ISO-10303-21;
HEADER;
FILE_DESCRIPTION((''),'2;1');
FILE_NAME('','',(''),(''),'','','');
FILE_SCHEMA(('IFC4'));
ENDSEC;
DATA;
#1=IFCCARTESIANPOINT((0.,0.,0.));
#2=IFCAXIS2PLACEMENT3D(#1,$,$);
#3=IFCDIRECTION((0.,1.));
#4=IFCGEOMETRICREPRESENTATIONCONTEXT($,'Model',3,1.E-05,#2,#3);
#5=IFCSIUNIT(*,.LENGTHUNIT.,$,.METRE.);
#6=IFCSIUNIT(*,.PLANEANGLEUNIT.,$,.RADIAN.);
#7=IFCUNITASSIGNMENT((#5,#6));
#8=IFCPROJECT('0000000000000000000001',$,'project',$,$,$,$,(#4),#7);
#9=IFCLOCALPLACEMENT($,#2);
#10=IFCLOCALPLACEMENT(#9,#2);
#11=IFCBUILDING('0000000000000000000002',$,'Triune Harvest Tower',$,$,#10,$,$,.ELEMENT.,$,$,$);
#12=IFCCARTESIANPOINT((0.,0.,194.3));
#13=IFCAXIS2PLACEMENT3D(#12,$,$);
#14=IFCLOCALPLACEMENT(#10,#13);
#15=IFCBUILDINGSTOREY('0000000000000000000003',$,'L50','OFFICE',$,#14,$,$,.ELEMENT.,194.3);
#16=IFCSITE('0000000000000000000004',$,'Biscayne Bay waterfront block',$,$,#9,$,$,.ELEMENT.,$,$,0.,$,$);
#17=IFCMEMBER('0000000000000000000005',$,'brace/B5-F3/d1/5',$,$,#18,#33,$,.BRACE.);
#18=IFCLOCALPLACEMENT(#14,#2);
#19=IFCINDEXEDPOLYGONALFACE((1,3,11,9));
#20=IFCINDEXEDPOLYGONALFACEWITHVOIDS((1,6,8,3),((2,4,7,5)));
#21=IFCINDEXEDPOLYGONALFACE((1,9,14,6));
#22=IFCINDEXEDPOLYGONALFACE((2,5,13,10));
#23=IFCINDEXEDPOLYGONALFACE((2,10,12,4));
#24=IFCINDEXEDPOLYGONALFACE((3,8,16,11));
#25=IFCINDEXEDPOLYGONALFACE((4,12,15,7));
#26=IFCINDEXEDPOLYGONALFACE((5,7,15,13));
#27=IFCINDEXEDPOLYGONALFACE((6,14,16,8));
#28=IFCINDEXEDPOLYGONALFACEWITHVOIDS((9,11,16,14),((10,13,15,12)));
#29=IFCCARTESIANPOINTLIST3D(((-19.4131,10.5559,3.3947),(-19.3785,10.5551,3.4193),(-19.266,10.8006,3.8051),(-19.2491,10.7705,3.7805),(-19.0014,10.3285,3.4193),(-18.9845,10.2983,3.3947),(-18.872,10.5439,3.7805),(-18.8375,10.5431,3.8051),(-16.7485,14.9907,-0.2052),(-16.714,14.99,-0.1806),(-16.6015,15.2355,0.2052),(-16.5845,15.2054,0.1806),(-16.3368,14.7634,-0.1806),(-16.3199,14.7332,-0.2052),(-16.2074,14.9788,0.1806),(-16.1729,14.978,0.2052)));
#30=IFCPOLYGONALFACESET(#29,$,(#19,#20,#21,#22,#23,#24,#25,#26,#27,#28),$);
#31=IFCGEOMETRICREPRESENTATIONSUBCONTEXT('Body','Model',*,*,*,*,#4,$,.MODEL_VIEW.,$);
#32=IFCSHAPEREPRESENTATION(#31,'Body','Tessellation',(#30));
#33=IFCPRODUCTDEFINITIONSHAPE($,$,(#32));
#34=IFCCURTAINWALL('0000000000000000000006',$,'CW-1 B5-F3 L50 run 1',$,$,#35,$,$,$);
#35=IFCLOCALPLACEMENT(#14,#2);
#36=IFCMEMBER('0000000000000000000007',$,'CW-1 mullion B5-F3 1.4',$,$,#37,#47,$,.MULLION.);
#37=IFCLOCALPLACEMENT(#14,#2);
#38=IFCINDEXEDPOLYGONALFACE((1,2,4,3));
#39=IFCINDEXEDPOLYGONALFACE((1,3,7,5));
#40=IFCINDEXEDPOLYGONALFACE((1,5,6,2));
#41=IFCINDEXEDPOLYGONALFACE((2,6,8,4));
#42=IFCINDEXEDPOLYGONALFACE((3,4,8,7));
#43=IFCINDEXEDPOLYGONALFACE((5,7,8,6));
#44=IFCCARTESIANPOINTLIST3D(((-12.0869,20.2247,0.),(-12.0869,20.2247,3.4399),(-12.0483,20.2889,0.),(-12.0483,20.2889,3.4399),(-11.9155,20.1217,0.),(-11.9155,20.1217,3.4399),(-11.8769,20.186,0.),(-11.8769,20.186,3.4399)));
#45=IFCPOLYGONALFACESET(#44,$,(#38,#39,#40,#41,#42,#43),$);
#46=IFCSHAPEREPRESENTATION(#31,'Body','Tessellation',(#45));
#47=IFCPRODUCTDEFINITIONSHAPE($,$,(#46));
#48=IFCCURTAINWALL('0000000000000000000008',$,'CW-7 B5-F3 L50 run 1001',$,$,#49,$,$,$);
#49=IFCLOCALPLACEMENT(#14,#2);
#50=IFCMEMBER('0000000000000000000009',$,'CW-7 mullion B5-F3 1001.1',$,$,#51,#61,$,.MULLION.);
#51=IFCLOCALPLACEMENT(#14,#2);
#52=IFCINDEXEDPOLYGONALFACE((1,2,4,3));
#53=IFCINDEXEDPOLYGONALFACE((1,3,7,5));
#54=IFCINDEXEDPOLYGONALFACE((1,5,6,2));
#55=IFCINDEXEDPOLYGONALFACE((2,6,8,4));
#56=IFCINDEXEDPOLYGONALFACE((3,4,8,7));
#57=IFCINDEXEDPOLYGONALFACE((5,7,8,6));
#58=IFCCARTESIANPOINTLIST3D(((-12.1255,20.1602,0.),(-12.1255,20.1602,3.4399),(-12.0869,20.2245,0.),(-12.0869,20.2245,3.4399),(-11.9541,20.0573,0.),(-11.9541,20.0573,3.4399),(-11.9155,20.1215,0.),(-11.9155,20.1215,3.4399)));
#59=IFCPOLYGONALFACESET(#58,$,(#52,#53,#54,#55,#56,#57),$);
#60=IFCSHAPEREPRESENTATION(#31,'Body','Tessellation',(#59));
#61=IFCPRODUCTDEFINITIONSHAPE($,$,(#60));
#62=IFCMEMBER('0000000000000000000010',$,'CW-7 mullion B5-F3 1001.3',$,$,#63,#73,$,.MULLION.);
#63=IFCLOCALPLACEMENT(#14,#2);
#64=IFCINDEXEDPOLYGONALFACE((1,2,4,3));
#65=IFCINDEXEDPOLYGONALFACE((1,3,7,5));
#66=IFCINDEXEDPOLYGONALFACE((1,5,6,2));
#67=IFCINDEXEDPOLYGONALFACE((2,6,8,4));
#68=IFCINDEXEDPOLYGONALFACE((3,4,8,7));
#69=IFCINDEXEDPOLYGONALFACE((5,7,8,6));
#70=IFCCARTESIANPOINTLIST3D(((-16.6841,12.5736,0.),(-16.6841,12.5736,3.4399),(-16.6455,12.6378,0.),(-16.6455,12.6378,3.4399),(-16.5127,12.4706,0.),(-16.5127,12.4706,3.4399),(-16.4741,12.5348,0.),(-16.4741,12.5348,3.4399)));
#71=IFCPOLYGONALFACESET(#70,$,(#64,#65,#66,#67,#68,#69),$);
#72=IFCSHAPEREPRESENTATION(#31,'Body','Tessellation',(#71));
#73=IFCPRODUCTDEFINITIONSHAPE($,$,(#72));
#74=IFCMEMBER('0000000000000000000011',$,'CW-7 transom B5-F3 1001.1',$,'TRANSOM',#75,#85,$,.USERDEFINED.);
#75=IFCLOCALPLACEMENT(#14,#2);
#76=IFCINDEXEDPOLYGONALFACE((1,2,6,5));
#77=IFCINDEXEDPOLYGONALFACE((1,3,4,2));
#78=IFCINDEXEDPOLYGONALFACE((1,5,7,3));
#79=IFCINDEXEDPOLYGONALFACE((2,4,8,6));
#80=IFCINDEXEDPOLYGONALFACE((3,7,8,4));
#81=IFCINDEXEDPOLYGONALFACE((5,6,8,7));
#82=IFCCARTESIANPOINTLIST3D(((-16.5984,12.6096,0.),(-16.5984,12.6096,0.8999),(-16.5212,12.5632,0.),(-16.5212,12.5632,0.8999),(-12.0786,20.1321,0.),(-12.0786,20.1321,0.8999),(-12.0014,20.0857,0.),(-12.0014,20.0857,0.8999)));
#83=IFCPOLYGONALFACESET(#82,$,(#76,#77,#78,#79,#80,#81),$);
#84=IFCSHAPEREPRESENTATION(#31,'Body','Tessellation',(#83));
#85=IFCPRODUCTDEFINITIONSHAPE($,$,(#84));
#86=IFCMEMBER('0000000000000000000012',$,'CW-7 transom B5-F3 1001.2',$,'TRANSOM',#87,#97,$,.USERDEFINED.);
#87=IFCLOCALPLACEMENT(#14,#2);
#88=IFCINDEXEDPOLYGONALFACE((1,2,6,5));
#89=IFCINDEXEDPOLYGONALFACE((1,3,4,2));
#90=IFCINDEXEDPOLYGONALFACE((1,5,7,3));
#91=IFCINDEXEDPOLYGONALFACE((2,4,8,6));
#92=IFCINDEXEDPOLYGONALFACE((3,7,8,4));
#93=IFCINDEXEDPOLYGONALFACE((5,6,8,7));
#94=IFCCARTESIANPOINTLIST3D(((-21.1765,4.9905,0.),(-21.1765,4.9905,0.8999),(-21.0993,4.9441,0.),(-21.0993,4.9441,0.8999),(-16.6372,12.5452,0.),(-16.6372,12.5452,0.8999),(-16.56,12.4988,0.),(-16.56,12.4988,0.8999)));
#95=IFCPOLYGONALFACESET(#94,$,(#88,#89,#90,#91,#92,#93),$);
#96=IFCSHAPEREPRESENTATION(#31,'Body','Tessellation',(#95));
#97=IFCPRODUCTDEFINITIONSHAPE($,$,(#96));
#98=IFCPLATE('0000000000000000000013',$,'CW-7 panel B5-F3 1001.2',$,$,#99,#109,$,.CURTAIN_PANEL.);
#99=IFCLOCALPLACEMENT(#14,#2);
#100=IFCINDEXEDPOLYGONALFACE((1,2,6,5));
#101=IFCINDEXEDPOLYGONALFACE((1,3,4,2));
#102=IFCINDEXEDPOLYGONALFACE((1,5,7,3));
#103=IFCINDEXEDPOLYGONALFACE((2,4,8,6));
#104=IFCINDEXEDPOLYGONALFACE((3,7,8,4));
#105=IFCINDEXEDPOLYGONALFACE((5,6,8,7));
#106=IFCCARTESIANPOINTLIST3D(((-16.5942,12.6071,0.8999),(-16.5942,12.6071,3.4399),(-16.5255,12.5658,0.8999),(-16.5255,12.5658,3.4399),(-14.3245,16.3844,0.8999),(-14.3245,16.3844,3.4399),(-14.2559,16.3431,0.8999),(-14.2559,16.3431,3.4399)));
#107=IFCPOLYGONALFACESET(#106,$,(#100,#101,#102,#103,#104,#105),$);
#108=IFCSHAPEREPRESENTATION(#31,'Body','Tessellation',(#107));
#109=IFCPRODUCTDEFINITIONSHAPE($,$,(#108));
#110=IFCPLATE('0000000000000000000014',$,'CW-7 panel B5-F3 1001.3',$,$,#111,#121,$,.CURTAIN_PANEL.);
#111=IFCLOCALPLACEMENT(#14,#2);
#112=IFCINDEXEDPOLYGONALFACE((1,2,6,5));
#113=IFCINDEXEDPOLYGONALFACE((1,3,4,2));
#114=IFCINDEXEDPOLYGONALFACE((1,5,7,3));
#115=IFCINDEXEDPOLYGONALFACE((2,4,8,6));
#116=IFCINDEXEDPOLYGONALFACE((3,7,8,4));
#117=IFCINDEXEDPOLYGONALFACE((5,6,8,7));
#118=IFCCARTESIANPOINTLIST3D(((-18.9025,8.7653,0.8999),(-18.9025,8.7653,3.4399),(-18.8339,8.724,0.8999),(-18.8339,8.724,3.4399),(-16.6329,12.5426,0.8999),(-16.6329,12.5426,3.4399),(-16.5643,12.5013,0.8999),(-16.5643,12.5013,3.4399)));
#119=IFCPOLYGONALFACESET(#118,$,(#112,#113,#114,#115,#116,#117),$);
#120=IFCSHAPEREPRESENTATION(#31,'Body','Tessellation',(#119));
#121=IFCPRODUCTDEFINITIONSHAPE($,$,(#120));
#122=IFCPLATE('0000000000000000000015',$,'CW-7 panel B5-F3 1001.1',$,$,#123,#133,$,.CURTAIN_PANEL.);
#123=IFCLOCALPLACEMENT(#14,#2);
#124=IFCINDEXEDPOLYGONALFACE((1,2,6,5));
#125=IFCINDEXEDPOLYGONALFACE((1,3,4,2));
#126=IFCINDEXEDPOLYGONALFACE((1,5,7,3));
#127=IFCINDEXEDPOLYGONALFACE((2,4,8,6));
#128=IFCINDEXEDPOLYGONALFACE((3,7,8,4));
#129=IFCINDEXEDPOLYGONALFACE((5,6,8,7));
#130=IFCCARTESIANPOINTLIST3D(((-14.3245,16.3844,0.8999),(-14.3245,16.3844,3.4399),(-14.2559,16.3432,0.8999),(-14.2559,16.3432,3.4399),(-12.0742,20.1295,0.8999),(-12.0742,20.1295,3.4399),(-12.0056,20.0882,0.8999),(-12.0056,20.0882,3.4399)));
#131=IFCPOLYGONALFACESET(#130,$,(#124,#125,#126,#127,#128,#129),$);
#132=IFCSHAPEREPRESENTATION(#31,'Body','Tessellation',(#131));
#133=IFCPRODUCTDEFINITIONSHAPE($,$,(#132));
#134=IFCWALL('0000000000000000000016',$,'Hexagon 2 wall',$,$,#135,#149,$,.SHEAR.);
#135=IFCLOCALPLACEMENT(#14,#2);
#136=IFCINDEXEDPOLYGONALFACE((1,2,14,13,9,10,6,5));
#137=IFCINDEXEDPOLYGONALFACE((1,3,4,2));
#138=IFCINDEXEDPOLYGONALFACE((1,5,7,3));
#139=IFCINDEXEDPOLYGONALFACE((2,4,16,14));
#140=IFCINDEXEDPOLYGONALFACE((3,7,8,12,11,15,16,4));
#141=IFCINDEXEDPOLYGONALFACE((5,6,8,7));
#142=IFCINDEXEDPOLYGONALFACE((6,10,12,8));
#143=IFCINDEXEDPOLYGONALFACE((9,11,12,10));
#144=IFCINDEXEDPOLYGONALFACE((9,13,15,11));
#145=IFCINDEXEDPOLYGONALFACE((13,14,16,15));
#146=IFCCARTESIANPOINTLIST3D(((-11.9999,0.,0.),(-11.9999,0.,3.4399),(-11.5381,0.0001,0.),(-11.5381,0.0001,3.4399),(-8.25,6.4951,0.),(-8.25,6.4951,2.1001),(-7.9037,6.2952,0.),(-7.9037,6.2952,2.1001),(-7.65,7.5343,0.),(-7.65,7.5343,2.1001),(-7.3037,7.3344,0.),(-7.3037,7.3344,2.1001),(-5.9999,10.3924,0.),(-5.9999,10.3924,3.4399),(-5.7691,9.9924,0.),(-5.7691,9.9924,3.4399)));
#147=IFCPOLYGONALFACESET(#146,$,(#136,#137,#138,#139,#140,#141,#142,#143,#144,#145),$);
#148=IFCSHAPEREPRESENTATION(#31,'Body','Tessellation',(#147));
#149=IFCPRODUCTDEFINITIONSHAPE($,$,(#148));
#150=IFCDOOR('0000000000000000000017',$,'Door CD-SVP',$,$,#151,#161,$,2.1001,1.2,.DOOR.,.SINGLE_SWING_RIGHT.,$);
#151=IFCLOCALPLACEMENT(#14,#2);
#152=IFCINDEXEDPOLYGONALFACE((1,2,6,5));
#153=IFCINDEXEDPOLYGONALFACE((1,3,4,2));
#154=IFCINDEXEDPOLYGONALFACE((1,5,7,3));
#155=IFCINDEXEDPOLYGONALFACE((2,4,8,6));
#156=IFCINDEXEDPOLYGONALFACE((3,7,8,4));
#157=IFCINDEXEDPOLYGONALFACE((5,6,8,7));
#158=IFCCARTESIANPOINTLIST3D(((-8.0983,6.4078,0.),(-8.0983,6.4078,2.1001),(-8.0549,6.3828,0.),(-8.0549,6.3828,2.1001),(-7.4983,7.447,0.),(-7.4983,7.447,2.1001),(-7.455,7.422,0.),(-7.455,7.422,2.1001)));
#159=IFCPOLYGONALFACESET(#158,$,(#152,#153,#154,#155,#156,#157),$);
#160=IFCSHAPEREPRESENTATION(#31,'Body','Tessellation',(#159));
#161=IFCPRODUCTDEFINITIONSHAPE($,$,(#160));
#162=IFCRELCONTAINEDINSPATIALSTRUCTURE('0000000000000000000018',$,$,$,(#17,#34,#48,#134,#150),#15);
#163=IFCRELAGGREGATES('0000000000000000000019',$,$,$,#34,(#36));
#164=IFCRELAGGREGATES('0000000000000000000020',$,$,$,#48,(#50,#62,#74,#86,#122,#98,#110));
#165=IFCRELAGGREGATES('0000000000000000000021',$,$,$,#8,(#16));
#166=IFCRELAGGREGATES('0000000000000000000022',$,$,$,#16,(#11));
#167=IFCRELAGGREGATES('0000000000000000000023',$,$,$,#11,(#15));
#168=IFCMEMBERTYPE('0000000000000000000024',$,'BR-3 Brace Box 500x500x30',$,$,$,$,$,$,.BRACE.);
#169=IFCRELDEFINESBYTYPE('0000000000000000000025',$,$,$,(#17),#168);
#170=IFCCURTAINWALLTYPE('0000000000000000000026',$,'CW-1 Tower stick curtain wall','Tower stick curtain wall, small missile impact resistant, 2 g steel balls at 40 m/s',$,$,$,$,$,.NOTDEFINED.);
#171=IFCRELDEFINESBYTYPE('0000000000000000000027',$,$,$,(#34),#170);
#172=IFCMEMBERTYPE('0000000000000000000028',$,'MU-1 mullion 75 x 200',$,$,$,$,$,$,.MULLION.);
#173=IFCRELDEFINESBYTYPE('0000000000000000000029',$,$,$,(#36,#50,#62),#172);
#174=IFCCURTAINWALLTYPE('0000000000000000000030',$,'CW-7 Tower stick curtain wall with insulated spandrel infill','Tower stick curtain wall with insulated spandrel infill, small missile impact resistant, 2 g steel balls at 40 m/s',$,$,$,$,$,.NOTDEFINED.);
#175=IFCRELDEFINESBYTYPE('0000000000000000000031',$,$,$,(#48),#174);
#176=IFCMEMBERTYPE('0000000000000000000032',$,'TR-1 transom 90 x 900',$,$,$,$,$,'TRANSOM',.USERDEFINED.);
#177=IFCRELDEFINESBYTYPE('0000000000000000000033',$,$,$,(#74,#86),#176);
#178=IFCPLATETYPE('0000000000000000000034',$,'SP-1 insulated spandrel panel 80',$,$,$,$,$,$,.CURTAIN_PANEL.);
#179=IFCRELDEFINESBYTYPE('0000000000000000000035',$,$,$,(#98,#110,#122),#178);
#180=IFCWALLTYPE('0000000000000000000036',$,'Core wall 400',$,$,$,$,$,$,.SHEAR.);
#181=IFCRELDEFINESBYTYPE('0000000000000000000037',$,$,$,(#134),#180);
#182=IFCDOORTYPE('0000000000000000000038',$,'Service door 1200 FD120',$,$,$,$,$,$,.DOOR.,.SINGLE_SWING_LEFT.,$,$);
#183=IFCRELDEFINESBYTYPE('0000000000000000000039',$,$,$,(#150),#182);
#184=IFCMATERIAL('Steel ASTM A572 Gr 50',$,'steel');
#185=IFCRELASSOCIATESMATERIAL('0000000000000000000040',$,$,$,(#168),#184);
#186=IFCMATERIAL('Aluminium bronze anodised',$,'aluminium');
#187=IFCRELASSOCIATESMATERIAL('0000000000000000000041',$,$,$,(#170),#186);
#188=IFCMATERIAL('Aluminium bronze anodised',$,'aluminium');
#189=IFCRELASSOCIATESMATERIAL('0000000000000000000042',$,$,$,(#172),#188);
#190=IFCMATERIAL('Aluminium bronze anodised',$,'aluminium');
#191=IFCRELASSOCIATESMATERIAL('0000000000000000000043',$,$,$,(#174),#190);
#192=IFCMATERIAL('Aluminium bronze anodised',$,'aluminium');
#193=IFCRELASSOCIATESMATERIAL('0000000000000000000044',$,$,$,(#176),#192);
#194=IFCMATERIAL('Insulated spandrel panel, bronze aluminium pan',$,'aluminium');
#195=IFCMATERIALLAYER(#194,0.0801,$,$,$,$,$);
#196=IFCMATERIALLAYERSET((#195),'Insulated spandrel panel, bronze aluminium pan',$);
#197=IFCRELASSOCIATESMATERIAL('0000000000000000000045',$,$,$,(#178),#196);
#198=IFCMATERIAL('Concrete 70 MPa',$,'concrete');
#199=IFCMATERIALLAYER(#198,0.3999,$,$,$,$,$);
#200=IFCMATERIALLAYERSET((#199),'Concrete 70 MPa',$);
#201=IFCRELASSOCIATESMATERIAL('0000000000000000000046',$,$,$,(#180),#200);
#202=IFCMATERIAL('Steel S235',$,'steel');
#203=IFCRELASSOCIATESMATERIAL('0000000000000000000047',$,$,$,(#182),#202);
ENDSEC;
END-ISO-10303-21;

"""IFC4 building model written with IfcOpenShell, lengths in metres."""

from ifc_helpers import new_model, si_unit, direction, frame, frame_2d, origin, origin_2d, place, context, subcontext, project, spatial, polyline, rectangle, hollow_rectangle, outline, extrude, source, transform, mapped, material, layer, layer_set, material_profile, profile_set, type_object, element, fill, aggregate, save


model = new_model("IFC4")

# Units and contexts
model_context = context("Model", 3, precision=1e-05, world=origin(), true_north=direction((0.0, 1.0)))
body_context = subcontext(model_context, "Body", "Model", "MODEL_VIEW")
ifc_project = project(units=[si_unit("LENGTHUNIT", "METRE"), si_unit("PLANEANGLEUNIT", "RADIAN")], contexts=[model_context])

# Site, building, storey
site_placement = place(None, origin())
site = spatial("IfcSite", under=ifc_project, at=site_placement, Name="Biscayne Bay waterfront block", CompositionType="ELEMENT", RefElevation=0.0)
building_placement = place(site_placement, origin())
building = spatial("IfcBuilding", under=site, at=building_placement, Name="Triune Harvest Tower", CompositionType="ELEMENT")
storey_placement = place(building_placement, frame((0.0, 0.0, 194.3)))
storey = spatial("IfcBuildingStorey", under=building, at=storey_placement, Name="L50", Description="OFFICE", CompositionType="ELEMENT", Elevation=194.3)

# Member
ifc_material_1 = material(Name="Steel ASTM A572 Gr 50", Category="steel")
ifc_material_profile_1 = material_profile(ifc_material_1, hollow_rectangle(XDim=0.5, YDim=0.5, WallThickness=0.03, at=origin_2d()), Name="Box 500x500x30")
ifc_profile_set_1 = profile_set([ifc_material_profile_1], Name="Steel ASTM A572 Gr 50")
member_type_1 = type_object("IfcMemberType", Name="BR-3 Brace Box 500x500x30", PredefinedType="BRACE", material=ifc_profile_set_1)
shared_shape_1 = source(origin(), body_context, "Body", "SweptSolid", [
    extrude(hollow_rectangle(XDim=0.5, YDim=0.5, WallThickness=0.03, at=origin_2d()), origin(), (0.0, 0.0, 1.0), 6.303),
])
member_1_placement = place(storey_placement, frame((-16.4607, 14.9844, 0.0), z_axis=(-0.422751, -0.703617, 0.571144), x_axis=(0.85718, -0.515016, 0.0)))
element("IfcMember", 1, at=member_1_placement, inside=storey, type_object=member_type_1, Name="brace/B5-F3/d1/5", PredefinedType="BRACE", context=body_context, shape_type="MappedRepresentation", body=[
    mapped(shared_shape_1, transform((0.0, 0.0, 0.0), scale=1.0)),
])

# Curtain wall, member
ifc_material_2 = material(Name="Aluminium bronze anodised", Category="aluminium")
curtain_wall_type_1 = type_object("IfcCurtainWallType", Name="CW-1 Tower stick curtain wall", Description="Tower stick curtain wall, small missile impact resistant, 2 g steel balls at 40 m/s", PredefinedType="NOTDEFINED", material=ifc_material_2)
curtain_wall_1_placement = place(storey_placement, origin())
curtain_wall_1 = element("IfcCurtainWall", 2, at=curtain_wall_1_placement, inside=storey, type_object=curtain_wall_type_1, Name="CW-1 B5-F3 L50 run 1")
ifc_material_3 = material(Name="Aluminium bronze anodised", Category="aluminium")
ifc_material_profile_2 = material_profile(ifc_material_3, rectangle(XDim=0.2, YDim=0.075, at=origin_2d()), Name="MU-1 mullion 75 x 200")
ifc_profile_set_2 = profile_set([ifc_material_profile_2], Name="Aluminium bronze anodised")
member_type_2 = type_object("IfcMemberType", Name="MU-1 mullion 75 x 200", PredefinedType="MULLION", material=ifc_profile_set_2)
shared_shape_2 = source(origin(), body_context, "Body", "SweptSolid", [
    extrude(rectangle(XDim=0.2, YDim=0.075, at=origin_2d()), origin(), (0.0, 0.0, 1.0), 3.4399),
])
member_2_placement = place(storey_placement, frame((-11.9819, 20.2053, 0.0), z_axis=(0.0, 0.0, 1.0), x_axis=(0.857169, -0.515035, 0.0)))
member_2 = element("IfcMember", 3, at=member_2_placement, type_object=member_type_2, Name="CW-1 mullion B5-F3 1.4", PredefinedType="MULLION", context=body_context, shape_type="MappedRepresentation", body=[
    mapped(shared_shape_2, transform((0.0, 0.0, 0.0), scale=1.0)),
])
aggregate(curtain_wall_1, [member_2])

# Curtain wall, members, plates
ifc_material_4 = material(Name="Aluminium bronze anodised", Category="aluminium")
curtain_wall_type_2 = type_object("IfcCurtainWallType", Name="CW-7 Tower stick curtain wall with insulated spandrel infill", Description="Tower stick curtain wall with insulated spandrel infill, small missile impact resistant, 2 g steel balls at 40 m/s", PredefinedType="NOTDEFINED", material=ifc_material_4)
curtain_wall_2_placement = place(storey_placement, origin())
curtain_wall_2 = element("IfcCurtainWall", 4, at=curtain_wall_2_placement, inside=storey, type_object=curtain_wall_type_2, Name="CW-7 B5-F3 L50 run 1001")
member_3_placement = place(storey_placement, frame((-12.0205, 20.1409, 0.0), z_axis=(0.0, 0.0, 1.0), x_axis=(0.857167, -0.515039, 0.0)))
member_3 = element("IfcMember", 5, at=member_3_placement, type_object=member_type_2, Name="CW-7 mullion B5-F3 1001.1", PredefinedType="MULLION", context=body_context, shape_type="MappedRepresentation", body=[
    mapped(shared_shape_2, transform((0.0, 0.0, 0.0), scale=1.0)),
])
member_4_placement = place(storey_placement, frame((-16.5791, 12.5542, 0.0), z_axis=(0.0, 0.0, 1.0), x_axis=(0.857167, -0.515039, 0.0)))
member_4 = element("IfcMember", 6, at=member_4_placement, type_object=member_type_2, Name="CW-7 mullion B5-F3 1001.3", PredefinedType="MULLION", context=body_context, shape_type="MappedRepresentation", body=[
    mapped(shared_shape_2, transform((0.0, 0.0, 0.0), scale=1.0)),
])
ifc_material_5 = material(Name="Aluminium bronze anodised", Category="aluminium")
ifc_material_profile_3 = material_profile(ifc_material_5, rectangle(XDim=0.0901, YDim=0.8999, at=origin_2d()), Name="TR-1 transom 90 x 900")
ifc_profile_set_3 = profile_set([ifc_material_profile_3], Name="Aluminium bronze anodised")
member_type_3 = type_object("IfcMemberType", Name="TR-1 transom 90 x 900", ElementType="TRANSOM", PredefinedType="USERDEFINED", material=ifc_profile_set_3)
shared_shape_3 = source(origin(), body_context, "Body", "SweptSolid", [
    extrude(rectangle(XDim=0.0901, YDim=0.8999, at=origin_2d()), origin(), (0.0, 0.0, 1.0), 8.7759),
])
member_5_placement = place(storey_placement, frame((-12.04, 20.1089, 0.45), z_axis=(-0.515023, -0.857176, 0.0), x_axis=(0.857176, -0.515023, 0.0)))
member_5 = element("IfcMember", 7, at=member_5_placement, type_object=member_type_3, Name="CW-7 transom B5-F3 1001.1", ObjectType="TRANSOM", PredefinedType="USERDEFINED", context=body_context, shape_type="MappedRepresentation", body=[
    mapped(shared_shape_3, transform((0.0, 0.0, 0.0), scale=1.0)),
])
shared_shape_4 = source(origin(), body_context, "Body", "SweptSolid", [
    extrude(rectangle(XDim=0.0901, YDim=0.8999, at=origin_2d()), origin(), (0.0, 0.0, 1.0), 8.8135),
])
member_6_placement = place(storey_placement, frame((-16.5986, 12.522, 0.45), z_axis=(-0.515037, -0.857168, 0.0), x_axis=(0.857168, -0.515037, 0.0)))
member_6 = element("IfcMember", 8, at=member_6_placement, type_object=member_type_3, Name="CW-7 transom B5-F3 1001.2", ObjectType="TRANSOM", PredefinedType="USERDEFINED", context=body_context, shape_type="MappedRepresentation", body=[
    mapped(shared_shape_4, transform((0.0, 0.0, 0.0), scale=1.0)),
])
ifc_material_6 = material(Name="Insulated spandrel panel, bronze aluminium pan", Category="aluminium")
ifc_layer_1 = layer(ifc_material_6, 0.0801)
ifc_layer_set_1 = layer_set([ifc_layer_1], Name="Insulated spandrel panel, bronze aluminium pan")
plate_type = type_object("IfcPlateType", Name="SP-1 insulated spandrel panel 80", PredefinedType="CURTAIN_PANEL", material=ifc_layer_set_1)
shared_shape_5 = source(origin(), body_context, "Body", "SweptSolid", [
    extrude(rectangle(XDim=4.4067, YDim=0.0801, at=origin_2d()), origin(), (0.0, 0.0, 1.0), 2.54),
])
plate_1_placement = place(storey_placement, frame((-15.425, 14.4751, 0.8999), z_axis=(0.0, 0.0, 1.0), x_axis=(-0.515039, -0.857167, 0.0)))
plate_1 = element("IfcPlate", 9, at=plate_1_placement, type_object=plate_type, Name="CW-7 panel B5-F3 1001.2", PredefinedType="CURTAIN_PANEL", context=body_context, shape_type="MappedRepresentation", body=[
    mapped(shared_shape_5, transform((0.0, 0.0, 0.0), scale=1.0)),
])
plate_2_placement = place(storey_placement, frame((-17.7334, 10.6333, 0.8999), z_axis=(0.0, 0.0, 1.0), x_axis=(-0.515039, -0.857167, 0.0)))
plate_2 = element("IfcPlate", 10, at=plate_2_placement, type_object=plate_type, Name="CW-7 panel B5-F3 1001.3", PredefinedType="CURTAIN_PANEL", context=body_context, shape_type="MappedRepresentation", body=[
    mapped(shared_shape_5, transform((0.0, 0.0, 0.0), scale=1.0)),
])
shared_shape_6 = source(origin(), body_context, "Body", "SweptSolid", [
    extrude(rectangle(XDim=4.3691, YDim=0.0801, at=origin_2d()), origin(), (0.0, 0.0, 1.0), 2.54),
])
plate_3_placement = place(storey_placement, frame((-13.165, 18.2363, 0.8999), z_axis=(0.0, 0.0, 1.0), x_axis=(-0.515039, -0.857167, 0.0)))
plate_3 = element("IfcPlate", 11, at=plate_3_placement, type_object=plate_type, Name="CW-7 panel B5-F3 1001.1", PredefinedType="CURTAIN_PANEL", context=body_context, shape_type="MappedRepresentation", body=[
    mapped(shared_shape_6, transform((0.0, 0.0, 0.0), scale=1.0)),
])
aggregate(curtain_wall_2, [member_3, member_4, member_5, member_6, plate_3, plate_1, plate_2])

# Wall, opening, door
ifc_material_7 = material(Name="Concrete 70 MPa", Category="concrete")
ifc_layer_2 = layer(ifc_material_7, 0.3999)
ifc_layer_set_2 = layer_set([ifc_layer_2], Name="Concrete 70 MPa")
wall_type_1 = type_object("IfcWallType", Name="Core wall 400", PredefinedType="SHEAR", material=ifc_layer_set_2)
shared_shape_7 = source(origin(), body_context, "Body", "SweptSolid", [
    extrude(outline(polyline([(-0.1155, -0.2), (11.8845, -0.2), (11.6536, 0.2), (0.1155, 0.2), (-0.1155, -0.2)])), origin(), (0.0, 0.0, 1.0), 3.4399),
])
wall_1_placement = place(storey_placement, frame((-5.8845, 10.1924, 0.0), z_axis=(0.0, 0.0, 1.0), x_axis=(-0.499997, -0.866027, 0.0)))
wall_1 = element("IfcWall", 12, at=wall_1_placement, inside=storey, type_object=wall_type_1, Name="Hexagon 2 wall", PredefinedType="SHEAR", context=body_context, shape_type="MappedRepresentation", body=[
    mapped(shared_shape_7, transform((0.0, 0.0, 0.0), scale=1.0)),
])
opening_placement = place(wall_1_placement, frame((3.1846, 0.0, 0.0)))
opening = element("IfcOpeningElement", 13, at=opening_placement, cuts=wall_1, PredefinedType="OPENING", context=body_context, shape_type="SweptSolid", body=[
    extrude(rectangle(XDim=1.2, YDim=2.1001, at=frame_2d((0.6001, 1.05))), frame((0.0, 0.21, 0.0), z_axis=(0.0, -1.0, 0.0), x_axis=(1.0, 0.0, 0.0)), (0.0, 0.0, 1.0), 0.4199),
])
ifc_material_8 = material(Name="Steel S235", Category="steel")
door_type = type_object("IfcDoorType", Name="Service door 1200 FD120", OperationType="SINGLE_SWING_LEFT", PredefinedType="DOOR", material=ifc_material_8)
door_placement = place(opening_placement, frame((1.2, 0.0, 0.0), z_axis=(0.0, 0.0, 1.0), x_axis=(-1.0, 0.0, 0.0)))
door = element("IfcDoor", 14, at=door_placement, inside=storey, type_object=door_type, Name="Door CD-SVP", OperationType="SINGLE_SWING_RIGHT", OverallHeight=2.1001, OverallWidth=1.2, PredefinedType="DOOR", context=body_context, shape_type="SweptSolid", body=[
    extrude(rectangle(XDim=1.2, YDim=2.1001, at=frame_2d((0.6001, 1.05))), frame((0.0, 0.0249, 0.0), z_axis=(0.0, -1.0, 0.0), x_axis=(1.0, 0.0, 0.0)), (0.0, 0.0, 1.0), 0.05),
])
fill(opening, door)

save(model, "model.ifc")
